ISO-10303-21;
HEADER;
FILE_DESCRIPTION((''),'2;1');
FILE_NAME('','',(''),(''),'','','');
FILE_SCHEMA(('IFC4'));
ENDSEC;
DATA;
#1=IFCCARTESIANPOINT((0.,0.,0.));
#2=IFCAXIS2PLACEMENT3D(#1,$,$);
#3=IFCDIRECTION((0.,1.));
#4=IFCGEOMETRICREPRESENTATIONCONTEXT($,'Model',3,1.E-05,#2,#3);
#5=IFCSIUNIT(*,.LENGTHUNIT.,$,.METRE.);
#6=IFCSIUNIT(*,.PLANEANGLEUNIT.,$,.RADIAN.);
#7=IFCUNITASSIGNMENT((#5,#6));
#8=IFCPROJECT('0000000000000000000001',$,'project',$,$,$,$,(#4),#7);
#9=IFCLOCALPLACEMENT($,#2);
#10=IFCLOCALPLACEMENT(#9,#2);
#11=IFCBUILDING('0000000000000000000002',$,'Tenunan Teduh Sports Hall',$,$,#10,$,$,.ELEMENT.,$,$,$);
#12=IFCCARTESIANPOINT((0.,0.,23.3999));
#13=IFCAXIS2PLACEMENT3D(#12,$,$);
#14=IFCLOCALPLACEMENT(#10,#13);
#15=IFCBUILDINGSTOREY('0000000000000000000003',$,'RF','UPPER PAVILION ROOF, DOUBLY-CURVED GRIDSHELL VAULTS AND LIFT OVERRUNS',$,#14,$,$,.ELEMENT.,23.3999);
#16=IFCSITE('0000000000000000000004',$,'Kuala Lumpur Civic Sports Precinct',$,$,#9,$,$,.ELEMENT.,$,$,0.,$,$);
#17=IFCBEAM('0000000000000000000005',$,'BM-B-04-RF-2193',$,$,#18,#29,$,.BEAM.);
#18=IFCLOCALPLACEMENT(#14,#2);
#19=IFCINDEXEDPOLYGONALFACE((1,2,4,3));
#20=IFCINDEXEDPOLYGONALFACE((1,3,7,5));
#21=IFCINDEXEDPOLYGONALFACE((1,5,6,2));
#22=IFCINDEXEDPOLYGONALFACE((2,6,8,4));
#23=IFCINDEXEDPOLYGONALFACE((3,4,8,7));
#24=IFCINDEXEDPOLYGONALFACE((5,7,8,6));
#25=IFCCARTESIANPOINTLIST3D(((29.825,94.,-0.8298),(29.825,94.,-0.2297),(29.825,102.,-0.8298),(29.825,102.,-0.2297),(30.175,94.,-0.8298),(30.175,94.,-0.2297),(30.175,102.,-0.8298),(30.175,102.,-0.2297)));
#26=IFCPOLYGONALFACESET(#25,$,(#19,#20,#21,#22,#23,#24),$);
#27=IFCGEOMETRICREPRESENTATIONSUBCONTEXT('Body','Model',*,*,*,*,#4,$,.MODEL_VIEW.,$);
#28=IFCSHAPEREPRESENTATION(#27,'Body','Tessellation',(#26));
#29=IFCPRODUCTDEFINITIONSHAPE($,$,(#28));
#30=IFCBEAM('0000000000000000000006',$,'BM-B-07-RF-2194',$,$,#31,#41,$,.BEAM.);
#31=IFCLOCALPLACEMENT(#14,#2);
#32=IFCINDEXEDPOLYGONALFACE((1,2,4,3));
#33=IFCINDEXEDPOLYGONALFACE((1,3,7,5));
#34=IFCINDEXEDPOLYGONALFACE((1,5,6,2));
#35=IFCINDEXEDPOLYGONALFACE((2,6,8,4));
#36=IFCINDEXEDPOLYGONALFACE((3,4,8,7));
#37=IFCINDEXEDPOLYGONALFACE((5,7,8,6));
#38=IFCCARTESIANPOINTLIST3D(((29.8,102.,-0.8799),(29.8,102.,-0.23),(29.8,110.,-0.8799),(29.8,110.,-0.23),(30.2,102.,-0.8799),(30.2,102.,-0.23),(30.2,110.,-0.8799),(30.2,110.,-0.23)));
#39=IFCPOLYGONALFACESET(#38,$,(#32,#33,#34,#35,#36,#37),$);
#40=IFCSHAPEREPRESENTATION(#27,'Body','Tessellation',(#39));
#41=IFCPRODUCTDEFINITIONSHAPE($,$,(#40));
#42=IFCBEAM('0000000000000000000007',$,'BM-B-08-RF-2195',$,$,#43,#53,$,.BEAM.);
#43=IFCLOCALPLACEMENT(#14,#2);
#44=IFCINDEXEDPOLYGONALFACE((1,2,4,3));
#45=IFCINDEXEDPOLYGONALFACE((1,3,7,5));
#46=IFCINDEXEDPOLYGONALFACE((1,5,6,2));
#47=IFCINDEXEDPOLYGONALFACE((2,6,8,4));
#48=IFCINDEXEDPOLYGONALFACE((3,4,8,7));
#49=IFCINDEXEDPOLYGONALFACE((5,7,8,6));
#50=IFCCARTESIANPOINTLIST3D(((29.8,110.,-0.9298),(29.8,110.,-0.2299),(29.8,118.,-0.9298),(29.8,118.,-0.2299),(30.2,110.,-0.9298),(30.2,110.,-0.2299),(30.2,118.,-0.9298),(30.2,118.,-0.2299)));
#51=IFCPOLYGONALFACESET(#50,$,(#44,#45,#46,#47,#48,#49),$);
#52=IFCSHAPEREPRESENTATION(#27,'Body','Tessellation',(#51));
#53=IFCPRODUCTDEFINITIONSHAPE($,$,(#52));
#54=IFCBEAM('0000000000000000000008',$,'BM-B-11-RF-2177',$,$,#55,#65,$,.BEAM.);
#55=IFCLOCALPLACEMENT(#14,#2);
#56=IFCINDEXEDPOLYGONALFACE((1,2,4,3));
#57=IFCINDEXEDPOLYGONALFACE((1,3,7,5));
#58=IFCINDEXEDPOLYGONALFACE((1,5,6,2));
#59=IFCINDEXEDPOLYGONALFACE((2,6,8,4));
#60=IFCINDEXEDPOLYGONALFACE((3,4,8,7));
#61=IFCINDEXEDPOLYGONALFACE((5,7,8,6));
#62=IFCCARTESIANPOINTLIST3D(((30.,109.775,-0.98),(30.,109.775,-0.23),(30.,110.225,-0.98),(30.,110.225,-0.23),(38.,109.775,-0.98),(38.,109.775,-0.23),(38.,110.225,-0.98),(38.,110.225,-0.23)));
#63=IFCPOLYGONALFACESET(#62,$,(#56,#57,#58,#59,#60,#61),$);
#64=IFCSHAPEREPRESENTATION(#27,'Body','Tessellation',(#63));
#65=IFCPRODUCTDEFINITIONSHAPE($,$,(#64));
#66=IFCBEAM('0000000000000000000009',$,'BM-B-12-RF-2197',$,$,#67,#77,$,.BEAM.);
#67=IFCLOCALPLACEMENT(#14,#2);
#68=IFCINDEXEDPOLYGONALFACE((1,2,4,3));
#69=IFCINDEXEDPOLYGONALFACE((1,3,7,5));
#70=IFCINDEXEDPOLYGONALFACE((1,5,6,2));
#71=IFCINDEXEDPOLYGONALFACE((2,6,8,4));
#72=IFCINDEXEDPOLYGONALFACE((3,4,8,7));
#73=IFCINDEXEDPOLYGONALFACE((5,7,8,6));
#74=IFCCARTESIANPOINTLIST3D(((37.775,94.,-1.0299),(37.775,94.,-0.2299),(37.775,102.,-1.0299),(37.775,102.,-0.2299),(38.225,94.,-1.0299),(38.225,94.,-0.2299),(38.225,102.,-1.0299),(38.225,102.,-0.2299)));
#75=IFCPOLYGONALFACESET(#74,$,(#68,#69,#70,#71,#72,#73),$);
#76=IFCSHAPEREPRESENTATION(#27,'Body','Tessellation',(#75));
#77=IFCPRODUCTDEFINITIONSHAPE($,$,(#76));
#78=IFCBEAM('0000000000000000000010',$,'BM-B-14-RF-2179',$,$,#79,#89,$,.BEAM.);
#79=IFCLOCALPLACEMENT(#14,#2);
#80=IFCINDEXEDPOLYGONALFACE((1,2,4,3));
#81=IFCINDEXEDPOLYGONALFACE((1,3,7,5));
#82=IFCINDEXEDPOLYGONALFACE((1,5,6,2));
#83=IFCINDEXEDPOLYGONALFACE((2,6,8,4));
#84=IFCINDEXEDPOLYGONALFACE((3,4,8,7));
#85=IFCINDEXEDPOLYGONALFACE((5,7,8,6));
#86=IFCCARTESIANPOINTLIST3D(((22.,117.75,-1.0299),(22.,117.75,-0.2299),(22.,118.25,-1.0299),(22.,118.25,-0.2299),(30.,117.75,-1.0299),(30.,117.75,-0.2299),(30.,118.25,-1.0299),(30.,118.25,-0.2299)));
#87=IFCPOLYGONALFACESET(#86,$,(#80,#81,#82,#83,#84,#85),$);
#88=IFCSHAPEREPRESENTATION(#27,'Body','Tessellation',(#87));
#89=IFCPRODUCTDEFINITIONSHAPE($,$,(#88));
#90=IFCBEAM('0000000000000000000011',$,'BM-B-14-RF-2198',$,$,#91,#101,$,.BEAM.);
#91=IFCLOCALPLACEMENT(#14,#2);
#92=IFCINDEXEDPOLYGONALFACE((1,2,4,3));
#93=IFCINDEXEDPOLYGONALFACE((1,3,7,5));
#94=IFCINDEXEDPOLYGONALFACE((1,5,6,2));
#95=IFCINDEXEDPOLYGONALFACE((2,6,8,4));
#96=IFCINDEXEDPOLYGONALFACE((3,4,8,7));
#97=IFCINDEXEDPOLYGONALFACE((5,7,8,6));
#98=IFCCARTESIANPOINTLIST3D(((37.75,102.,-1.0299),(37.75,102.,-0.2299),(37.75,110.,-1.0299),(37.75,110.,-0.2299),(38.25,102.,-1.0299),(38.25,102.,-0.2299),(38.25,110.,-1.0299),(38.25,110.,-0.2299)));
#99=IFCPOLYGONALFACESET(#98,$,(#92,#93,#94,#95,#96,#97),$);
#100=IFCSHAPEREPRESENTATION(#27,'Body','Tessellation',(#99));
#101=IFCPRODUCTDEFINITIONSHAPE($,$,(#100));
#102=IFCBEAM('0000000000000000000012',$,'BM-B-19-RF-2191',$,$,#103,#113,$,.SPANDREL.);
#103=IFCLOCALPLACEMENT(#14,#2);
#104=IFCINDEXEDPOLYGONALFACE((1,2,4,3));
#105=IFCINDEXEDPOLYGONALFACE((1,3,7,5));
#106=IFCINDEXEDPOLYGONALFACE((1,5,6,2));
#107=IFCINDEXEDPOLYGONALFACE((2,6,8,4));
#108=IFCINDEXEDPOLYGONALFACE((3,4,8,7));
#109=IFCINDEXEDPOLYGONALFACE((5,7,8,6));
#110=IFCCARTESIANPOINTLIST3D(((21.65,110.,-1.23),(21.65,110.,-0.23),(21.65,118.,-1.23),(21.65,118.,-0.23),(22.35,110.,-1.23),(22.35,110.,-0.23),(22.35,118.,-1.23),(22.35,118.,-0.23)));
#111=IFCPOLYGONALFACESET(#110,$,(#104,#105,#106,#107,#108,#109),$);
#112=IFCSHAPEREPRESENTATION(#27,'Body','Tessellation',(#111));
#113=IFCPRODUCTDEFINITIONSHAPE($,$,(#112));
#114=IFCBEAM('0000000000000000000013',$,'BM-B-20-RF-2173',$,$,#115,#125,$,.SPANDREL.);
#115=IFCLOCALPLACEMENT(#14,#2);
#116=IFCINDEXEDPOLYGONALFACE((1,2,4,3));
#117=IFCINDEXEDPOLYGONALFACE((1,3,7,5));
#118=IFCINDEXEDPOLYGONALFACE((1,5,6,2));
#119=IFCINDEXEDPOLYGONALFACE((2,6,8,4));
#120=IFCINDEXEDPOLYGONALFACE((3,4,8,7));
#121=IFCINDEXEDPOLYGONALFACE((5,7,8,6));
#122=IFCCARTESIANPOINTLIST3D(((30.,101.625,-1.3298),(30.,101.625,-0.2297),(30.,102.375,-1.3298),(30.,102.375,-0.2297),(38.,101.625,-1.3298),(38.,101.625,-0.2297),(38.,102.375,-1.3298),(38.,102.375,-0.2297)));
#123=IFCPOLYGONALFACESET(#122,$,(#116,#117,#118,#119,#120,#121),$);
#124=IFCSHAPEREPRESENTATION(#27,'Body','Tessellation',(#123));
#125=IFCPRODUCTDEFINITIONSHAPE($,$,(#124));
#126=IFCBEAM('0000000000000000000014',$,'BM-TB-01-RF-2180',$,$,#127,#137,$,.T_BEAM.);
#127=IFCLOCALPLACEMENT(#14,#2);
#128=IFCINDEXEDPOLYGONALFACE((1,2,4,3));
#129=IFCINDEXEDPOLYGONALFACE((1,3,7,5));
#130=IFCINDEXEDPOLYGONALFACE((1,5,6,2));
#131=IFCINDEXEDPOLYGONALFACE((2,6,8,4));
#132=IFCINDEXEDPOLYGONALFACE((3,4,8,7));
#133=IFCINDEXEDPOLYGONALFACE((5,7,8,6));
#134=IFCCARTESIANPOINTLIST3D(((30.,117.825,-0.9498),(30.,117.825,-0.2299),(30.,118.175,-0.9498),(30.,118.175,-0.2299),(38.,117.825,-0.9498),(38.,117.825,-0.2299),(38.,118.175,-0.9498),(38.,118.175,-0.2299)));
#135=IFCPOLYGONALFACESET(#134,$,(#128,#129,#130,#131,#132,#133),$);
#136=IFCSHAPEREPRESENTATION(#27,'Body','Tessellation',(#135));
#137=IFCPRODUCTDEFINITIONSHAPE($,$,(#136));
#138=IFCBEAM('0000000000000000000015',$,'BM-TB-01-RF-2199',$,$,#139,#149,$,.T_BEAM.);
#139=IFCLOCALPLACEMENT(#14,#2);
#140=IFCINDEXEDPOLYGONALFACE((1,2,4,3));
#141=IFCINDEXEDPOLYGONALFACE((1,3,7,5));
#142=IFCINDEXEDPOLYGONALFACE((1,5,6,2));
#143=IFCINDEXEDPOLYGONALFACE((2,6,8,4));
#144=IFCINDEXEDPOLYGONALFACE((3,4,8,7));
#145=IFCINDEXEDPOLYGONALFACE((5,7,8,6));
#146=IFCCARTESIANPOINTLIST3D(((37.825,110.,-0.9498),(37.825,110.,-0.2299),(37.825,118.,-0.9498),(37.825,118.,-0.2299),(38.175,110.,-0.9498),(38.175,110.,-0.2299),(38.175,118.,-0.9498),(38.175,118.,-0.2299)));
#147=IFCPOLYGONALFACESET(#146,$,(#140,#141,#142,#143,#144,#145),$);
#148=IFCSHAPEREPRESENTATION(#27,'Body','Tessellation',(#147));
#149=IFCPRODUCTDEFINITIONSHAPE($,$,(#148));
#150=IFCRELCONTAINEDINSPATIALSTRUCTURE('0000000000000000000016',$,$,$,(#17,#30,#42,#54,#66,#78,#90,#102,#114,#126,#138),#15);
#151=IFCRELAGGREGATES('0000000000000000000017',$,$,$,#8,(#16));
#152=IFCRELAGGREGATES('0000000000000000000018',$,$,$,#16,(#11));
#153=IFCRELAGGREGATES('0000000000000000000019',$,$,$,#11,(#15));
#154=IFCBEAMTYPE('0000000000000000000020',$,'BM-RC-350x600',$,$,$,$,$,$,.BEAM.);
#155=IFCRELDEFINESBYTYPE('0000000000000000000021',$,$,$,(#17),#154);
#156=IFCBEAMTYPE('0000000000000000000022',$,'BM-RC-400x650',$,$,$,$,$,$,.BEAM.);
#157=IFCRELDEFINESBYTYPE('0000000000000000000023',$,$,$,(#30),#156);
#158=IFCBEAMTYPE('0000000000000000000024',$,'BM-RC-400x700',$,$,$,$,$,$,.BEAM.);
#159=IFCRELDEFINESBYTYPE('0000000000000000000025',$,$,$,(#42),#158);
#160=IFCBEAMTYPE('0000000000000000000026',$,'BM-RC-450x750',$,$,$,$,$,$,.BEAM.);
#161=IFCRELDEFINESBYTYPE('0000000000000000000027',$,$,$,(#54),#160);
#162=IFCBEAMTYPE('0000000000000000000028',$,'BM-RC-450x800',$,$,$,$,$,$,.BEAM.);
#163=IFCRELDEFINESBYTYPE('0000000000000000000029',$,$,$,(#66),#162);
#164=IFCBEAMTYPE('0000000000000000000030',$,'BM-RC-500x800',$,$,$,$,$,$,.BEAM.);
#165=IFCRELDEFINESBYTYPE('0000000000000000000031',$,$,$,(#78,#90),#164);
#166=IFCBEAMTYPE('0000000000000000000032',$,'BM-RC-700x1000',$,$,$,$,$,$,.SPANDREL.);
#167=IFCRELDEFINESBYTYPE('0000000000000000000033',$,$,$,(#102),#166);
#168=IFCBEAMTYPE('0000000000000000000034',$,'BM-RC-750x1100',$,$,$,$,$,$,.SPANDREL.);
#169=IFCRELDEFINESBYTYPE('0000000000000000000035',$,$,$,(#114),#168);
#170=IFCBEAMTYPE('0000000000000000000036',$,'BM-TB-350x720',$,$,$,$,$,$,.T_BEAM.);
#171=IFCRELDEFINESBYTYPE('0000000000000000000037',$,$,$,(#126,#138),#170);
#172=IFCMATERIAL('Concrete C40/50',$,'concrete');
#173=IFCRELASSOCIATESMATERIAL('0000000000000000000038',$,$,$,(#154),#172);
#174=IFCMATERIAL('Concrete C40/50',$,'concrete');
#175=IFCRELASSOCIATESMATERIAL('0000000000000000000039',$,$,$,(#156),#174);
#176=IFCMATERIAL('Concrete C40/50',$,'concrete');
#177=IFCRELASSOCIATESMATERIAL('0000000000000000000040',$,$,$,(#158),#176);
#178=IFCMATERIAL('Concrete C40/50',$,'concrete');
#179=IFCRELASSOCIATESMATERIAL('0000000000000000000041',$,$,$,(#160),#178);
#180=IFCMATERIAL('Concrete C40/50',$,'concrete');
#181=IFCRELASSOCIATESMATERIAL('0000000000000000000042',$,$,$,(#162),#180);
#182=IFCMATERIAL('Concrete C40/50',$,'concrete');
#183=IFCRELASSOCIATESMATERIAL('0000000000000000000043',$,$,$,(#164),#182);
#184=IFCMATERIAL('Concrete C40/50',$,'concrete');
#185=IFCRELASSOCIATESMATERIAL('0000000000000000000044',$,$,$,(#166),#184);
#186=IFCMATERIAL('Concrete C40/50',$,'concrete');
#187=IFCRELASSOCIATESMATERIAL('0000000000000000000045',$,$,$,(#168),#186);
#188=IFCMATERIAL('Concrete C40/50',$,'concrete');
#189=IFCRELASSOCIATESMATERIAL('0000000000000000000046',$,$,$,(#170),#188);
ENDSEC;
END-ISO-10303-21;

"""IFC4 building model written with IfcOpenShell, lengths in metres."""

from ifc_helpers import new_model, si_unit, direction, frame, origin, origin_2d, place, context, subcontext, project, spatial, rectangle, extrude, material, material_profile, profile_set, type_object, element, save


model = new_model("IFC4")

# Units and contexts
model_context = context("Model", 3, precision=1e-05, world=origin(), true_north=direction((0.0, 1.0)))
body_context = subcontext(model_context, "Body", "Model", "MODEL_VIEW")
ifc_project = project(units=[si_unit("LENGTHUNIT", "METRE"), si_unit("PLANEANGLEUNIT", "RADIAN")], contexts=[model_context])

# Site, building, storey
site_placement = place(None, origin())
site = spatial("IfcSite", under=ifc_project, at=site_placement, Name="Kuala Lumpur Civic Sports Precinct", CompositionType="ELEMENT", RefElevation=0.0)
building_placement = place(site_placement, origin())
building = spatial("IfcBuilding", under=site, at=building_placement, Name="Tenunan Teduh Sports Hall", CompositionType="ELEMENT")
storey_placement = place(building_placement, frame((0.0, 0.0, 23.3999)))
storey = spatial("IfcBuildingStorey", under=building, at=storey_placement, Name="RF", Description="UPPER PAVILION ROOF, DOUBLY-CURVED GRIDSHELL VAULTS AND LIFT OVERRUNS", CompositionType="ELEMENT", Elevation=23.3999)

# Beams
ifc_material_1 = material(Name="Concrete C40/50", Category="concrete")
ifc_material_profile_1 = material_profile(ifc_material_1, rectangle(XDim=0.3501, YDim=0.6001, at=origin_2d()), Name="RCB 350x600")
ifc_profile_set_1 = profile_set([ifc_material_profile_1], Name="Concrete C40/50")
beam_type_1 = type_object("IfcBeamType", Name="BM-RC-350x600", PredefinedType="BEAM", material=ifc_profile_set_1)
beam_1_placement = place(storey_placement, frame((30.0, 94.0, -0.5298), z_axis=(0.0, 1.0, 0.0), x_axis=(-1.0, 0.0, 0.0)))
element("IfcBeam", 1, at=beam_1_placement, inside=storey, type_object=beam_type_1, Name="BM-B-04-RF-2193", PredefinedType="BEAM", context=body_context, shape_type="SweptSolid", body=[
    extrude(rectangle(XDim=0.3501, YDim=0.6001, at=origin_2d()), origin(), (0.0, 0.0, 1.0), 8.0),
])
ifc_material_2 = material(Name="Concrete C40/50", Category="concrete")
ifc_material_profile_2 = material_profile(ifc_material_2, rectangle(XDim=0.3999, YDim=0.6499, at=origin_2d()), Name="RCB 400x650")
ifc_profile_set_2 = profile_set([ifc_material_profile_2], Name="Concrete C40/50")
beam_type_2 = type_object("IfcBeamType", Name="BM-RC-400x650", PredefinedType="BEAM", material=ifc_profile_set_2)
beam_2_placement = place(storey_placement, frame((30.0, 102.0, -0.5549), z_axis=(0.0, 1.0, 0.0), x_axis=(-1.0, 0.0, 0.0)))
element("IfcBeam", 2, at=beam_2_placement, inside=storey, type_object=beam_type_2, Name="BM-B-07-RF-2194", PredefinedType="BEAM", context=body_context, shape_type="SweptSolid", body=[
    extrude(rectangle(XDim=0.3999, YDim=0.6499, at=origin_2d()), origin(), (0.0, 0.0, 1.0), 8.0),
])
ifc_material_3 = material(Name="Concrete C40/50", Category="concrete")
ifc_material_profile_3 = material_profile(ifc_material_3, rectangle(XDim=0.3999, YDim=0.7, at=origin_2d()), Name="RCB 400x700")
ifc_profile_set_3 = profile_set([ifc_material_profile_3], Name="Concrete C40/50")
beam_type_3 = type_object("IfcBeamType", Name="BM-RC-400x700", PredefinedType="BEAM", material=ifc_profile_set_3)
beam_3_placement = place(storey_placement, frame((30.0, 110.0, -0.5798), z_axis=(0.0, 1.0, 0.0), x_axis=(-1.0, 0.0, 0.0)))
element("IfcBeam", 3, at=beam_3_placement, inside=storey, type_object=beam_type_3, Name="BM-B-08-RF-2195", PredefinedType="BEAM", context=body_context, shape_type="SweptSolid", body=[
    extrude(rectangle(XDim=0.3999, YDim=0.7, at=origin_2d()), origin(), (0.0, 0.0, 1.0), 8.0),
])
ifc_material_4 = material(Name="Concrete C40/50", Category="concrete")
ifc_material_profile_4 = material_profile(ifc_material_4, rectangle(XDim=0.45, YDim=0.75, at=origin_2d()), Name="RCB 450x750")
ifc_profile_set_4 = profile_set([ifc_material_profile_4], Name="Concrete C40/50")
beam_type_4 = type_object("IfcBeamType", Name="BM-RC-450x750", PredefinedType="BEAM", material=ifc_profile_set_4)
beam_4_placement = place(storey_placement, frame((30.0, 110.0, -0.605), z_axis=(1.0, 0.0, 0.0), x_axis=(0.0, 1.0, 0.0)))
element("IfcBeam", 4, at=beam_4_placement, inside=storey, type_object=beam_type_4, Name="BM-B-11-RF-2177", PredefinedType="BEAM", context=body_context, shape_type="SweptSolid", body=[
    extrude(rectangle(XDim=0.45, YDim=0.75, at=origin_2d()), origin(), (0.0, 0.0, 1.0), 8.0),
])
ifc_material_5 = material(Name="Concrete C40/50", Category="concrete")
ifc_material_profile_5 = material_profile(ifc_material_5, rectangle(XDim=0.45, YDim=0.8, at=origin_2d()), Name="RCB 450x800")
ifc_profile_set_5 = profile_set([ifc_material_profile_5], Name="Concrete C40/50")
beam_type_5 = type_object("IfcBeamType", Name="BM-RC-450x800", PredefinedType="BEAM", material=ifc_profile_set_5)
beam_5_placement = place(storey_placement, frame((38.0, 94.0, -0.6299), z_axis=(0.0, 1.0, 0.0), x_axis=(-1.0, 0.0, 0.0)))
element("IfcBeam", 5, at=beam_5_placement, inside=storey, type_object=beam_type_5, Name="BM-B-12-RF-2197", PredefinedType="BEAM", context=body_context, shape_type="SweptSolid", body=[
    extrude(rectangle(XDim=0.45, YDim=0.8, at=origin_2d()), origin(), (0.0, 0.0, 1.0), 8.0),
])
ifc_material_6 = material(Name="Concrete C40/50", Category="concrete")
ifc_material_profile_6 = material_profile(ifc_material_6, rectangle(XDim=0.5, YDim=0.8, at=origin_2d()), Name="RCB 500x800")
ifc_profile_set_6 = profile_set([ifc_material_profile_6], Name="Concrete C40/50")
beam_type_6 = type_object("IfcBeamType", Name="BM-RC-500x800", PredefinedType="BEAM", material=ifc_profile_set_6)
for number, where, z_axis, x_axis, name in (
    (6, (22.0, 118.0, -0.6299), (1.0, 0.0, 0.0), (0.0, 1.0, 0.0), "BM-B-14-RF-2179"),
    (7, (38.0, 102.0, -0.6299), (0.0, 1.0, 0.0), (-1.0, 0.0, 0.0), "BM-B-14-RF-2198"),
):
    element("IfcBeam", number, at=place(storey_placement, frame(where, z_axis=z_axis, x_axis=x_axis)), inside=storey, type_object=beam_type_6, Name=name, PredefinedType="BEAM", context=body_context, shape_type="SweptSolid", body=[
        extrude(rectangle(XDim=0.5, YDim=0.8, at=origin_2d()), origin(), (0.0, 0.0, 1.0), 8.0),
    ])
ifc_material_7 = material(Name="Concrete C40/50", Category="concrete")
ifc_material_profile_7 = material_profile(ifc_material_7, rectangle(XDim=0.7, YDim=1.0, at=origin_2d()), Name="RCB 700x1000")
ifc_profile_set_7 = profile_set([ifc_material_profile_7], Name="Concrete C40/50")
beam_type_7 = type_object("IfcBeamType", Name="BM-RC-700x1000", PredefinedType="SPANDREL", material=ifc_profile_set_7)
beam_6_placement = place(storey_placement, frame((22.0, 110.0, -0.73), z_axis=(0.0, 1.0, 0.0), x_axis=(-1.0, 0.0, 0.0)))
element("IfcBeam", 8, at=beam_6_placement, inside=storey, type_object=beam_type_7, Name="BM-B-19-RF-2191", PredefinedType="SPANDREL", context=body_context, shape_type="SweptSolid", body=[
    extrude(rectangle(XDim=0.7, YDim=1.0, at=origin_2d()), origin(), (0.0, 0.0, 1.0), 8.0),
])
ifc_material_8 = material(Name="Concrete C40/50", Category="concrete")
ifc_material_profile_8 = material_profile(ifc_material_8, rectangle(XDim=0.75, YDim=1.1001, at=origin_2d()), Name="RCB 750x1100")
ifc_profile_set_8 = profile_set([ifc_material_profile_8], Name="Concrete C40/50")
beam_type_8 = type_object("IfcBeamType", Name="BM-RC-750x1100", PredefinedType="SPANDREL", material=ifc_profile_set_8)
beam_7_placement = place(storey_placement, frame((30.0, 102.0, -0.7798), z_axis=(1.0, 0.0, 0.0), x_axis=(0.0, 1.0, 0.0)))
element("IfcBeam", 9, at=beam_7_placement, inside=storey, type_object=beam_type_8, Name="BM-B-20-RF-2173", PredefinedType="SPANDREL", context=body_context, shape_type="SweptSolid", body=[
    extrude(rectangle(XDim=0.75, YDim=1.1001, at=origin_2d()), origin(), (0.0, 0.0, 1.0), 8.0),
])
ifc_material_9 = material(Name="Concrete C40/50", Category="concrete")
ifc_material_profile_9 = material_profile(ifc_material_9, rectangle(XDim=0.3501, YDim=0.72, at=origin_2d()), Name="TB 350x720")
ifc_profile_set_9 = profile_set([ifc_material_profile_9], Name="Concrete C40/50")
beam_type_9 = type_object("IfcBeamType", Name="BM-TB-350x720", PredefinedType="T_BEAM", material=ifc_profile_set_9)
for number, where, z_axis, x_axis, name in (
    (10, (30.0, 118.0, -0.5898), (1.0, 0.0, 0.0), (0.0, 1.0, 0.0), "BM-TB-01-RF-2180"),
    (11, (38.0, 110.0, -0.5898), (0.0, 1.0, 0.0), (-1.0, 0.0, 0.0), "BM-TB-01-RF-2199"),
):
    element("IfcBeam", number, at=place(storey_placement, frame(where, z_axis=z_axis, x_axis=x_axis)), inside=storey, type_object=beam_type_9, Name=name, PredefinedType="T_BEAM", context=body_context, shape_type="SweptSolid", body=[
        extrude(rectangle(XDim=0.3501, YDim=0.72, at=origin_2d()), origin(), (0.0, 0.0, 1.0), 8.0),
    ])

save(model, "model.ifc")
